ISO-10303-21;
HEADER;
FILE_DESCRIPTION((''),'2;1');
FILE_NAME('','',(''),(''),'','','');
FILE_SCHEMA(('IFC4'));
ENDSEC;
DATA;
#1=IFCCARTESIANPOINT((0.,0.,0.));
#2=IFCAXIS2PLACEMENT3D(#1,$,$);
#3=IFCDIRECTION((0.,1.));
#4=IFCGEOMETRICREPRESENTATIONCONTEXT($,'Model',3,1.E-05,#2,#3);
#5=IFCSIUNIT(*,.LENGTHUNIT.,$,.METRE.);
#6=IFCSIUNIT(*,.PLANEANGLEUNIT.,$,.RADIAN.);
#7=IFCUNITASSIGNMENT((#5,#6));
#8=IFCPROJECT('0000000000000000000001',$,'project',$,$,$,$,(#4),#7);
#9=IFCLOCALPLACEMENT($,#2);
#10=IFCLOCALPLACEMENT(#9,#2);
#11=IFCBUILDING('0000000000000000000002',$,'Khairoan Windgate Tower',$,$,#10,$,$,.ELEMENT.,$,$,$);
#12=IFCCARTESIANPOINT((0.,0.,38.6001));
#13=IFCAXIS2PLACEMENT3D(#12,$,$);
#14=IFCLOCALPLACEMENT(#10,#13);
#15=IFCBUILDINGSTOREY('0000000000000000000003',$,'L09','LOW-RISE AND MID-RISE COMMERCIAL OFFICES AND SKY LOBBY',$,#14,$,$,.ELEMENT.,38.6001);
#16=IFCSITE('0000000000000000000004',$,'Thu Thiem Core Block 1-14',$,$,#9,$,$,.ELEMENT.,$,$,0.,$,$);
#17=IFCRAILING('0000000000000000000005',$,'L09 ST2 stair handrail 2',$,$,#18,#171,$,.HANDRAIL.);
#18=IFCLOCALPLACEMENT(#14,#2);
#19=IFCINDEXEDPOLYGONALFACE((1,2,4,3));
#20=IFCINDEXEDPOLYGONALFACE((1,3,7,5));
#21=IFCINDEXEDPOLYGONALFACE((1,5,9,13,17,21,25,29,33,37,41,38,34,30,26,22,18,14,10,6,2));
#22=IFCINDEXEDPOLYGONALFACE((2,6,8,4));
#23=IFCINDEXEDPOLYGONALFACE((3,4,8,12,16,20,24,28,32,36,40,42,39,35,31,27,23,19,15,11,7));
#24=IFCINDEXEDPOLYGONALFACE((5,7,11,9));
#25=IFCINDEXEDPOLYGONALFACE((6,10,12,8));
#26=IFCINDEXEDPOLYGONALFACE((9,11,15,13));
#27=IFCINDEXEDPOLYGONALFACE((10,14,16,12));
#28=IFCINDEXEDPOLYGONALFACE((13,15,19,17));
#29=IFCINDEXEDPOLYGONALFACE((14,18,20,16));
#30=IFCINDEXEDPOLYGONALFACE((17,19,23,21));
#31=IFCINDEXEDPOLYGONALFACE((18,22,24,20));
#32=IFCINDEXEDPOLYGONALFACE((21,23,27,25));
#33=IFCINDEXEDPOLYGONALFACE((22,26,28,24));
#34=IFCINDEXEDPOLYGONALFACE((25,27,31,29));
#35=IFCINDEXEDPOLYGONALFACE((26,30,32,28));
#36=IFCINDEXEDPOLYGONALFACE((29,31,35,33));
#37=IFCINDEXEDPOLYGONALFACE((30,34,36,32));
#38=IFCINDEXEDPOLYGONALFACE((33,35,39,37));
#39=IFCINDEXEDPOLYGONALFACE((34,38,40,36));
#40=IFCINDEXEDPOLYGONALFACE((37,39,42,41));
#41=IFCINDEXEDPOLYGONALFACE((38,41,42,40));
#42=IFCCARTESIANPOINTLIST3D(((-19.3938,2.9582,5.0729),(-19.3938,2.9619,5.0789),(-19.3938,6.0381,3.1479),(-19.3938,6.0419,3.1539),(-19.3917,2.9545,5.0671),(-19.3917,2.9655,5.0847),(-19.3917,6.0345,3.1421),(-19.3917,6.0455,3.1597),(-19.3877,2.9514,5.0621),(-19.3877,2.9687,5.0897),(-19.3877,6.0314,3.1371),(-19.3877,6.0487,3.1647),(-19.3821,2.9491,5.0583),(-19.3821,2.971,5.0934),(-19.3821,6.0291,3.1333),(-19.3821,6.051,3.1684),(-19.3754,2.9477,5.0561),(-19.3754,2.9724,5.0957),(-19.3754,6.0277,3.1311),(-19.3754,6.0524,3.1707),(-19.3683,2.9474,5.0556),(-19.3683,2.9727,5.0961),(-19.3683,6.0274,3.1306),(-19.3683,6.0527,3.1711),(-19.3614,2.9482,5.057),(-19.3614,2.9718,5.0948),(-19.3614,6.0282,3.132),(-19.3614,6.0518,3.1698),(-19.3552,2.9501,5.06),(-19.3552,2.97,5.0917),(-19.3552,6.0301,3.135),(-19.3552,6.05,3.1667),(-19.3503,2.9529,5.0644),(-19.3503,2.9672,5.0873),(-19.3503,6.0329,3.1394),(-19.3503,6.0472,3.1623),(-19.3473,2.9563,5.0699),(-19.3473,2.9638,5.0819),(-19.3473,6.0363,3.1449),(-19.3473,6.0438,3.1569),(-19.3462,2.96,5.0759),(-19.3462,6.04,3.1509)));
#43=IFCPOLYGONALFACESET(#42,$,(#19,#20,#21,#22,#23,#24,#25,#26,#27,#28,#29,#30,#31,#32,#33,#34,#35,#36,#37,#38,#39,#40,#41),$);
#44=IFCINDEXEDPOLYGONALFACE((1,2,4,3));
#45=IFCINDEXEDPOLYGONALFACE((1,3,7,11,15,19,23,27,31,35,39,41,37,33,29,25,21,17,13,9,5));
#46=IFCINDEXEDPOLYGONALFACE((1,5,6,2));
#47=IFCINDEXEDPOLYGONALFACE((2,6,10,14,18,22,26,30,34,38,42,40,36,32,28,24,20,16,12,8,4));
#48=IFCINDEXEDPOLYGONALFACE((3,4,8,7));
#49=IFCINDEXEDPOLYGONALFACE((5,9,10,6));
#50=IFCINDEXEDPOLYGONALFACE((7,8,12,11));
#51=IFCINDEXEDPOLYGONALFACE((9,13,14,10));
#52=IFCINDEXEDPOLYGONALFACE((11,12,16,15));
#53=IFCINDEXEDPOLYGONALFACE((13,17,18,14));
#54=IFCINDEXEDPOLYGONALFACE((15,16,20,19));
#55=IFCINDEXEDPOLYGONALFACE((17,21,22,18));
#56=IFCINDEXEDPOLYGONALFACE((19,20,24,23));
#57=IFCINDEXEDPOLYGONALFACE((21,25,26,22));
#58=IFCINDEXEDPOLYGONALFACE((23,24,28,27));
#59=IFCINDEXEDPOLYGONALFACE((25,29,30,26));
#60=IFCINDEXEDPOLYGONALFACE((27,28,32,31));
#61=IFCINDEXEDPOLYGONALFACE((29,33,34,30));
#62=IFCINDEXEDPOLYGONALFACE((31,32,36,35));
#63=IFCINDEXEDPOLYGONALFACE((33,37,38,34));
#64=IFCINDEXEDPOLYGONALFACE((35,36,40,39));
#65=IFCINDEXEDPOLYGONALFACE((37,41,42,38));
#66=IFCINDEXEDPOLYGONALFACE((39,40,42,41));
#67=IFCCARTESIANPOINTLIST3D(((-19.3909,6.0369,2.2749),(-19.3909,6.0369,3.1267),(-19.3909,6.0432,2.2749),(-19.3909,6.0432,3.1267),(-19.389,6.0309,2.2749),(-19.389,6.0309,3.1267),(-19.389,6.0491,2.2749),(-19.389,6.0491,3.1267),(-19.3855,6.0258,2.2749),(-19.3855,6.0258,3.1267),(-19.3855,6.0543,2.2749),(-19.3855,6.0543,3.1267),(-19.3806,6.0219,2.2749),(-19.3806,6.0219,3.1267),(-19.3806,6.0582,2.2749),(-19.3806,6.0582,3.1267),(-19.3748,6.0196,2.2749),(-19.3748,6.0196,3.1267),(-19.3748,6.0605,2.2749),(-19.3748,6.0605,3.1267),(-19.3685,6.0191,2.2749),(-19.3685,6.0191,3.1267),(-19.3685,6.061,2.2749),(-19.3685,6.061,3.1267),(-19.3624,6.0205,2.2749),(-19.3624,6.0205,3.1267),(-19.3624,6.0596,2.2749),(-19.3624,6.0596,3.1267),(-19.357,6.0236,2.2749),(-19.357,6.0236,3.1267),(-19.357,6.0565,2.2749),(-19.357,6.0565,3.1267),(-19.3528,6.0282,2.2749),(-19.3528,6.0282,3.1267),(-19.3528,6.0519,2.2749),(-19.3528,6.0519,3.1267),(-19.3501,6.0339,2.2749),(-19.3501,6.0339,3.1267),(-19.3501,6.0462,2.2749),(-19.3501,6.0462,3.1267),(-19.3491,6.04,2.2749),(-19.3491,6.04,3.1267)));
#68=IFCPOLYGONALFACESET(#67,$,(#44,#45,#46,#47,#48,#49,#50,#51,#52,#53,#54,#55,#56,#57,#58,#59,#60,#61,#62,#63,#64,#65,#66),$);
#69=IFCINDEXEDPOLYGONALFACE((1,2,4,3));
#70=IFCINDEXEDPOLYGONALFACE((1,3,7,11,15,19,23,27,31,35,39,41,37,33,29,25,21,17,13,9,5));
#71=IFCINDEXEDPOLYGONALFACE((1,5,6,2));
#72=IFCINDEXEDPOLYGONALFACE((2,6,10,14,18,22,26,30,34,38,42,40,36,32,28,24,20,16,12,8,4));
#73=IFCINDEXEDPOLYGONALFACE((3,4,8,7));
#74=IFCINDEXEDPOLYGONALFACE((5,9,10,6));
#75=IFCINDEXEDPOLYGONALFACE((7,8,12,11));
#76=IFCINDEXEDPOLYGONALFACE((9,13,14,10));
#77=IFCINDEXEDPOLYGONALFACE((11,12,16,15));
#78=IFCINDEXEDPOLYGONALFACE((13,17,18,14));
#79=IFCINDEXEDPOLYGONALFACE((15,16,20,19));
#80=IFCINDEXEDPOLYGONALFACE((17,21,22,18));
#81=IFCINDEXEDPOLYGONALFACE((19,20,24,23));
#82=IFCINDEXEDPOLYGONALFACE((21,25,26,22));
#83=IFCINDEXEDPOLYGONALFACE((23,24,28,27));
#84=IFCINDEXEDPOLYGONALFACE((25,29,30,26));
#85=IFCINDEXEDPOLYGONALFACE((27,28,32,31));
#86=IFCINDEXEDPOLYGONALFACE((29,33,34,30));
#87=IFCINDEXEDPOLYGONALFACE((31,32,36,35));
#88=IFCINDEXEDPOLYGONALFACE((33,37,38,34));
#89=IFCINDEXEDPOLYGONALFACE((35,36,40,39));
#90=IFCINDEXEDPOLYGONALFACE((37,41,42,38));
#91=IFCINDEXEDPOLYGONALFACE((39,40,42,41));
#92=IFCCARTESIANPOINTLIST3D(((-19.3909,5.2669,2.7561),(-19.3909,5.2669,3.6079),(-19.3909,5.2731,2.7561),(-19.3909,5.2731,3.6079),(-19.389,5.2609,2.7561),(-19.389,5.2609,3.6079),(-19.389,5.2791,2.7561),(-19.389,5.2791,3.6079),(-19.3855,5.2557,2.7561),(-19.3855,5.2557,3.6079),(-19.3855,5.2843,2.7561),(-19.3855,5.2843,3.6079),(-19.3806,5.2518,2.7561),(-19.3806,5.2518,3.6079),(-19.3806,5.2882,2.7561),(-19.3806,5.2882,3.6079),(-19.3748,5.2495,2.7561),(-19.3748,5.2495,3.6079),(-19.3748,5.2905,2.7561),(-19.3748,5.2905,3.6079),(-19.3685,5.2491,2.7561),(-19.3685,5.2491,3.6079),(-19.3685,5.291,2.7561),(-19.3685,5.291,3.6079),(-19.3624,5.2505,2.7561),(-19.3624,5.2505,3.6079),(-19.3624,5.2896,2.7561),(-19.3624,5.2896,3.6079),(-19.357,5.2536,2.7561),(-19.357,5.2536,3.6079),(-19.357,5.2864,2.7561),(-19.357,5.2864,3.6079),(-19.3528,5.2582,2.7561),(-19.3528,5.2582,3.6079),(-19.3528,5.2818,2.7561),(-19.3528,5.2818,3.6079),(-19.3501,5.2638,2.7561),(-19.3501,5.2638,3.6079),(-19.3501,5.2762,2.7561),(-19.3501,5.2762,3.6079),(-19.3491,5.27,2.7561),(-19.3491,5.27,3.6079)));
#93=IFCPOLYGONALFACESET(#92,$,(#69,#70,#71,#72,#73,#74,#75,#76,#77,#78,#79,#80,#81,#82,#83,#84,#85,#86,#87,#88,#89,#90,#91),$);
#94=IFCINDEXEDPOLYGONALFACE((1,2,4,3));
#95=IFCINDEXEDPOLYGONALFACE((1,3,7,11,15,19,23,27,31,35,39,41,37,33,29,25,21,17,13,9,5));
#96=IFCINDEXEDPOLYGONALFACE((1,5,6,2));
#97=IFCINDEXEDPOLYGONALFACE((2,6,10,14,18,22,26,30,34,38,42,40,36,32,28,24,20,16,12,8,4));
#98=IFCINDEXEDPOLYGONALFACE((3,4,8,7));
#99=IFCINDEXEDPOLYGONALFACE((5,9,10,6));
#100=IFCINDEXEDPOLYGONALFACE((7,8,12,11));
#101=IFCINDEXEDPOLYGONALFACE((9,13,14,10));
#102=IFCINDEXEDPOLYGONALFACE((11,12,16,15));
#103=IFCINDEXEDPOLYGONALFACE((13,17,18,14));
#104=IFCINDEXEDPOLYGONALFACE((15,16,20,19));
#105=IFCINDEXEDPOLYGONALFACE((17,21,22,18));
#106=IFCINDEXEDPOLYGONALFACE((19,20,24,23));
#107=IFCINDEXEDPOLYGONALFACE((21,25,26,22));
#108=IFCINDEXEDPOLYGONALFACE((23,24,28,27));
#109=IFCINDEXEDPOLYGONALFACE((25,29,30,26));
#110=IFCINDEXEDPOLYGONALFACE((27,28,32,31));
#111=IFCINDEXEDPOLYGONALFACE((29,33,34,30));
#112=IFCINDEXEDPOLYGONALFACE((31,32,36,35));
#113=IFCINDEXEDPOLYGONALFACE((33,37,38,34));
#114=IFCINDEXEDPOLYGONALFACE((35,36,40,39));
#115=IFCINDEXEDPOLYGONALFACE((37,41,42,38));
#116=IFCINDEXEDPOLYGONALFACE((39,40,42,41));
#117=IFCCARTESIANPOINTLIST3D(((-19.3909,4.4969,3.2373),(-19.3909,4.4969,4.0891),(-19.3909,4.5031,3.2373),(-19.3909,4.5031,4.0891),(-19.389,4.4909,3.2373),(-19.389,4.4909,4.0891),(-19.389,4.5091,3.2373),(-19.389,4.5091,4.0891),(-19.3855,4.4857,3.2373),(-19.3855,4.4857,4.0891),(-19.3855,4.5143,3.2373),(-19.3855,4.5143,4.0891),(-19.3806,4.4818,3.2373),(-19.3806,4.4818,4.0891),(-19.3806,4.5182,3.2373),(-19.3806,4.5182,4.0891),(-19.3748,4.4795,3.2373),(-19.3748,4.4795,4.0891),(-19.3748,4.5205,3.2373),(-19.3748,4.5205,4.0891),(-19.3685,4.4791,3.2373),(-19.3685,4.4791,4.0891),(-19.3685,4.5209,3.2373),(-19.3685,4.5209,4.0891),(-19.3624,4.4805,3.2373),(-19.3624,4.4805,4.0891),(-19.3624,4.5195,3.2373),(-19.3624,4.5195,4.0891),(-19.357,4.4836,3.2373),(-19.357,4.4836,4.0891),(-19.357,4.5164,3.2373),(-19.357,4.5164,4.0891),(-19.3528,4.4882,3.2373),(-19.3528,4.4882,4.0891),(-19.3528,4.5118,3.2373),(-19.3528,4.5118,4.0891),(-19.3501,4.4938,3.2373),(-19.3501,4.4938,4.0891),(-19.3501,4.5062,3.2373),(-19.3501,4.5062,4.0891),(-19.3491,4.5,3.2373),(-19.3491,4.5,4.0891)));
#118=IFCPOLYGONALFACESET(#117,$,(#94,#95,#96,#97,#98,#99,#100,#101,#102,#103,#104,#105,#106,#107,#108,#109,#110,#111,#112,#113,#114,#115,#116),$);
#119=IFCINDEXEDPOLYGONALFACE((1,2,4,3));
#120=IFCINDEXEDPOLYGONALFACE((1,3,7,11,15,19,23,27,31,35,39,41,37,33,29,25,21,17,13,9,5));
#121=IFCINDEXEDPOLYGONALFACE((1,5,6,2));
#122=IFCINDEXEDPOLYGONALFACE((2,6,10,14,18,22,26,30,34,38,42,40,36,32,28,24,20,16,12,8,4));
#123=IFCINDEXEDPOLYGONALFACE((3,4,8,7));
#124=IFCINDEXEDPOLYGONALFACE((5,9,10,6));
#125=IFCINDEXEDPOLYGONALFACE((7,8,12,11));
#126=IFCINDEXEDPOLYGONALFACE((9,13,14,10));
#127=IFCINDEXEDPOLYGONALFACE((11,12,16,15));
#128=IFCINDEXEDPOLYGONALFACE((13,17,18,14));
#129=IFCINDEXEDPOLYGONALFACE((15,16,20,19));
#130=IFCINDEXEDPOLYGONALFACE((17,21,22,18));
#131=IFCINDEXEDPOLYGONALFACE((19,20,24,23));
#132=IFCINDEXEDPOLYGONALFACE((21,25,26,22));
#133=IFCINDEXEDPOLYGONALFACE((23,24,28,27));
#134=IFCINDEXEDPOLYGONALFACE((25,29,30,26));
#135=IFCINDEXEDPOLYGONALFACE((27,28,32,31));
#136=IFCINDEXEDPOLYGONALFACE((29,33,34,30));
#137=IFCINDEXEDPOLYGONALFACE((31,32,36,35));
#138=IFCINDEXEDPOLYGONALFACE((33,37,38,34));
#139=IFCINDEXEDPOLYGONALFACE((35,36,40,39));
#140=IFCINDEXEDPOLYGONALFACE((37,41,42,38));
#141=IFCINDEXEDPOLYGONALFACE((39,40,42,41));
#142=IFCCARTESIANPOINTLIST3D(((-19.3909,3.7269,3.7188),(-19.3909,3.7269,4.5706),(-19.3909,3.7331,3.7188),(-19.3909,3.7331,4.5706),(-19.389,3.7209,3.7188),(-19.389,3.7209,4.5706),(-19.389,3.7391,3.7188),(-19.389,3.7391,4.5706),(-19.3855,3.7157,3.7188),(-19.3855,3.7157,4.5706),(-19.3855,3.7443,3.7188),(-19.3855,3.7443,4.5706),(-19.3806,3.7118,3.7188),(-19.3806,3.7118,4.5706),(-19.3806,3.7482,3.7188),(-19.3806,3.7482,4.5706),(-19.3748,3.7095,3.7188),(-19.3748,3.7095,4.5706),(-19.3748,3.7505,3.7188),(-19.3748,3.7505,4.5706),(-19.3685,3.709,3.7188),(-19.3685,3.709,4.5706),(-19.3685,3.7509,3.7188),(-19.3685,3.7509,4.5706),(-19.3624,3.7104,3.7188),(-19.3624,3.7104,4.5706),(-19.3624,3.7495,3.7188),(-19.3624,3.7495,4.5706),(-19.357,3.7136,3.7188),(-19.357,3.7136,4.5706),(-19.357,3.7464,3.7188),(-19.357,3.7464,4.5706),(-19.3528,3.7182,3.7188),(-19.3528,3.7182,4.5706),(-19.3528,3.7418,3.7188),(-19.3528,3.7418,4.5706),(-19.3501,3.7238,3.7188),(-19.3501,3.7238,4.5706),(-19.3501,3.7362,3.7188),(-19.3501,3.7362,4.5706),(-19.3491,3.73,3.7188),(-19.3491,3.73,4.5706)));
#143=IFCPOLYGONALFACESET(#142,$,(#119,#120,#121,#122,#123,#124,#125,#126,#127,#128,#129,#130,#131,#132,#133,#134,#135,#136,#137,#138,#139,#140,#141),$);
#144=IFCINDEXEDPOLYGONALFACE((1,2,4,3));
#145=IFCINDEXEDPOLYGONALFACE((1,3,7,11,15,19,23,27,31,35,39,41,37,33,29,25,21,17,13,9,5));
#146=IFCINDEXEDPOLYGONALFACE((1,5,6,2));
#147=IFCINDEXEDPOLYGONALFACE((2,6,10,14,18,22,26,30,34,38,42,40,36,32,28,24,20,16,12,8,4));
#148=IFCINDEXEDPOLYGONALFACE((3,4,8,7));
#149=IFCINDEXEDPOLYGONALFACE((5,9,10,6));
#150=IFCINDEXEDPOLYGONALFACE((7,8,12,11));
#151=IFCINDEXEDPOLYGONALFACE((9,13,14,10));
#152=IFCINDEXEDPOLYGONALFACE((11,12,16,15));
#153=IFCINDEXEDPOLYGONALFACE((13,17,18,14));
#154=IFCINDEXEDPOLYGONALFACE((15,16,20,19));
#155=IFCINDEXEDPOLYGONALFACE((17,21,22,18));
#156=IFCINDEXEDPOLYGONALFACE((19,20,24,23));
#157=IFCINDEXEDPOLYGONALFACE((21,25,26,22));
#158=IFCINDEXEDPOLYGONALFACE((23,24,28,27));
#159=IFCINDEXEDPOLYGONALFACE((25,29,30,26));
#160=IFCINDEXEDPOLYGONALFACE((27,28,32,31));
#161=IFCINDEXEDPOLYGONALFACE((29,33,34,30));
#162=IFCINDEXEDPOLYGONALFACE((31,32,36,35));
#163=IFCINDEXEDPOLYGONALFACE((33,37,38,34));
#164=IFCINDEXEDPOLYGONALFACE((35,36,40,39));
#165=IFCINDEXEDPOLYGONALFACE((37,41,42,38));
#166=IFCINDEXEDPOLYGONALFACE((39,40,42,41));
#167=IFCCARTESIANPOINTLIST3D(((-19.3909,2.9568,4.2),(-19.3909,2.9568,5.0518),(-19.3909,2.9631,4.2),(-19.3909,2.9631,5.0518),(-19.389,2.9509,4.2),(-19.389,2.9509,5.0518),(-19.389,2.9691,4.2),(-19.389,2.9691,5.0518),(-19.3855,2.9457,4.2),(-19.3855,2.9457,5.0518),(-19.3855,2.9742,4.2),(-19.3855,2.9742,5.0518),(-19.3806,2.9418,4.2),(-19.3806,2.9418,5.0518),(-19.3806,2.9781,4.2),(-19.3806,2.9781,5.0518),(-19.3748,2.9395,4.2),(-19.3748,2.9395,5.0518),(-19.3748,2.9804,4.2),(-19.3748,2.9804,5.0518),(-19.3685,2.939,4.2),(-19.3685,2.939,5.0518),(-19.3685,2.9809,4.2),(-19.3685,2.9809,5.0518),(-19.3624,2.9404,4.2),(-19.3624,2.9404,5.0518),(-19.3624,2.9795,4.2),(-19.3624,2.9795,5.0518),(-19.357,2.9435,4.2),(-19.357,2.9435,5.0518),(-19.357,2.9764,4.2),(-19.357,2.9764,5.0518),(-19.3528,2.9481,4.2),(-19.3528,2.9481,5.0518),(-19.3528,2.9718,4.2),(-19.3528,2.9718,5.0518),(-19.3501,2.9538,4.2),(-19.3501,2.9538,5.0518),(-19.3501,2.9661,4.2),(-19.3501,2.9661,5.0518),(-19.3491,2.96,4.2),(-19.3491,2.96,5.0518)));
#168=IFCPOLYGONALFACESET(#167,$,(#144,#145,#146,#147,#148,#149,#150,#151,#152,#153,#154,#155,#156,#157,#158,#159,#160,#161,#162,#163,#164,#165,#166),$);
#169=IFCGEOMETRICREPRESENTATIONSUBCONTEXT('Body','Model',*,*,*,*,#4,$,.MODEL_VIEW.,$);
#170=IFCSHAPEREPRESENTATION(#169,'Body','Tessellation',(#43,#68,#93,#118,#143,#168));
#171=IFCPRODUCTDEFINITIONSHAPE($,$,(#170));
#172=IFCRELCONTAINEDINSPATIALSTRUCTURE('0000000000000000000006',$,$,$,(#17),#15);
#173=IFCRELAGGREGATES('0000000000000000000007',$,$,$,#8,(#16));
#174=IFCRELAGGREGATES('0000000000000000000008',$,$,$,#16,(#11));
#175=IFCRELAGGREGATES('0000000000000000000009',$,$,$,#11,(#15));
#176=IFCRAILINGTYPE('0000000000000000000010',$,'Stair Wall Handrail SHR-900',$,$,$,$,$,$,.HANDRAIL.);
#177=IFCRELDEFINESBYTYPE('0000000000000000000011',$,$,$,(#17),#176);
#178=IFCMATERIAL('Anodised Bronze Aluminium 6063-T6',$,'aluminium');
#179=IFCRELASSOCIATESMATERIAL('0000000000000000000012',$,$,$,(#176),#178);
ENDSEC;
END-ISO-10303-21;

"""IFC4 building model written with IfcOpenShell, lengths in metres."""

from ifc_helpers import new_model, si_unit, direction, frame, origin, origin_2d, place, context, subcontext, project, spatial, circle, extrude, material, type_object, element, save


model = new_model("IFC4")

# Units and contexts
model_context = context("Model", 3, precision=1e-05, world=origin(), true_north=direction((0.0, 1.0)))
body_context = subcontext(model_context, "Body", "Model", "MODEL_VIEW")
ifc_project = project(units=[si_unit("LENGTHUNIT", "METRE"), si_unit("PLANEANGLEUNIT", "RADIAN")], contexts=[model_context])

# Site, building, storey
site_placement = place(None, origin())
site = spatial("IfcSite", under=ifc_project, at=site_placement, Name="Thu Thiem Core Block 1-14", CompositionType="ELEMENT", RefElevation=0.0)
building_placement = place(site_placement, origin())
building = spatial("IfcBuilding", under=site, at=building_placement, Name="Khairoan Windgate Tower", CompositionType="ELEMENT")
storey_placement = place(building_placement, frame((0.0, 0.0, 38.6001)))
storey = spatial("IfcBuildingStorey", under=building, at=storey_placement, Name="L09", Description="LOW-RISE AND MID-RISE COMMERCIAL OFFICES AND SKY LOBBY", CompositionType="ELEMENT", Elevation=38.6001)

# Railing
ifc_material_1 = material(Name="Anodised Bronze Aluminium 6063-T6", Category="aluminium")
railing_type_1 = type_object("IfcRailingType", Name="Stair Wall Handrail SHR-900", PredefinedType="HANDRAIL", material=ifc_material_1)
railing_1_placement = place(storey_placement, frame((-19.3701, 6.04, 2.2749)))
element("IfcRailing", 1, at=railing_1_placement, inside=storey, type_object=railing_type_1, Name="L09 ST2 stair handrail 2", PredefinedType="HANDRAIL", context=body_context, shape_type="SweptSolid", body=[
    extrude(circle(Radius=0.0239, at=origin_2d()), frame((0.0, 0.0, 0.876), z_axis=(0.0, -0.847998, 0.529999), x_axis=(1.0, 0.0, 0.0)), (0.0, 0.0, 1.0), 3.6321),
    extrude(circle(Radius=0.021, at=origin_2d()), origin(), (0.0, 0.0, 1.0), 0.8518),
    extrude(circle(Radius=0.021, at=origin_2d()), frame((0.0, -0.77, 0.4812)), (0.0, 0.0, 1.0), 0.8518),
    extrude(circle(Radius=0.021, at=origin_2d()), frame((0.0, -1.54, 0.9624)), (0.0, 0.0, 1.0), 0.8518),
    extrude(circle(Radius=0.021, at=origin_2d()), frame((0.0, -2.3101, 1.4438)), (0.0, 0.0, 1.0), 0.8518),
    extrude(circle(Radius=0.021, at=origin_2d()), frame((0.0, -3.0801, 1.925)), (0.0, 0.0, 1.0), 0.8518),
])

save(model, "model.ifc")
